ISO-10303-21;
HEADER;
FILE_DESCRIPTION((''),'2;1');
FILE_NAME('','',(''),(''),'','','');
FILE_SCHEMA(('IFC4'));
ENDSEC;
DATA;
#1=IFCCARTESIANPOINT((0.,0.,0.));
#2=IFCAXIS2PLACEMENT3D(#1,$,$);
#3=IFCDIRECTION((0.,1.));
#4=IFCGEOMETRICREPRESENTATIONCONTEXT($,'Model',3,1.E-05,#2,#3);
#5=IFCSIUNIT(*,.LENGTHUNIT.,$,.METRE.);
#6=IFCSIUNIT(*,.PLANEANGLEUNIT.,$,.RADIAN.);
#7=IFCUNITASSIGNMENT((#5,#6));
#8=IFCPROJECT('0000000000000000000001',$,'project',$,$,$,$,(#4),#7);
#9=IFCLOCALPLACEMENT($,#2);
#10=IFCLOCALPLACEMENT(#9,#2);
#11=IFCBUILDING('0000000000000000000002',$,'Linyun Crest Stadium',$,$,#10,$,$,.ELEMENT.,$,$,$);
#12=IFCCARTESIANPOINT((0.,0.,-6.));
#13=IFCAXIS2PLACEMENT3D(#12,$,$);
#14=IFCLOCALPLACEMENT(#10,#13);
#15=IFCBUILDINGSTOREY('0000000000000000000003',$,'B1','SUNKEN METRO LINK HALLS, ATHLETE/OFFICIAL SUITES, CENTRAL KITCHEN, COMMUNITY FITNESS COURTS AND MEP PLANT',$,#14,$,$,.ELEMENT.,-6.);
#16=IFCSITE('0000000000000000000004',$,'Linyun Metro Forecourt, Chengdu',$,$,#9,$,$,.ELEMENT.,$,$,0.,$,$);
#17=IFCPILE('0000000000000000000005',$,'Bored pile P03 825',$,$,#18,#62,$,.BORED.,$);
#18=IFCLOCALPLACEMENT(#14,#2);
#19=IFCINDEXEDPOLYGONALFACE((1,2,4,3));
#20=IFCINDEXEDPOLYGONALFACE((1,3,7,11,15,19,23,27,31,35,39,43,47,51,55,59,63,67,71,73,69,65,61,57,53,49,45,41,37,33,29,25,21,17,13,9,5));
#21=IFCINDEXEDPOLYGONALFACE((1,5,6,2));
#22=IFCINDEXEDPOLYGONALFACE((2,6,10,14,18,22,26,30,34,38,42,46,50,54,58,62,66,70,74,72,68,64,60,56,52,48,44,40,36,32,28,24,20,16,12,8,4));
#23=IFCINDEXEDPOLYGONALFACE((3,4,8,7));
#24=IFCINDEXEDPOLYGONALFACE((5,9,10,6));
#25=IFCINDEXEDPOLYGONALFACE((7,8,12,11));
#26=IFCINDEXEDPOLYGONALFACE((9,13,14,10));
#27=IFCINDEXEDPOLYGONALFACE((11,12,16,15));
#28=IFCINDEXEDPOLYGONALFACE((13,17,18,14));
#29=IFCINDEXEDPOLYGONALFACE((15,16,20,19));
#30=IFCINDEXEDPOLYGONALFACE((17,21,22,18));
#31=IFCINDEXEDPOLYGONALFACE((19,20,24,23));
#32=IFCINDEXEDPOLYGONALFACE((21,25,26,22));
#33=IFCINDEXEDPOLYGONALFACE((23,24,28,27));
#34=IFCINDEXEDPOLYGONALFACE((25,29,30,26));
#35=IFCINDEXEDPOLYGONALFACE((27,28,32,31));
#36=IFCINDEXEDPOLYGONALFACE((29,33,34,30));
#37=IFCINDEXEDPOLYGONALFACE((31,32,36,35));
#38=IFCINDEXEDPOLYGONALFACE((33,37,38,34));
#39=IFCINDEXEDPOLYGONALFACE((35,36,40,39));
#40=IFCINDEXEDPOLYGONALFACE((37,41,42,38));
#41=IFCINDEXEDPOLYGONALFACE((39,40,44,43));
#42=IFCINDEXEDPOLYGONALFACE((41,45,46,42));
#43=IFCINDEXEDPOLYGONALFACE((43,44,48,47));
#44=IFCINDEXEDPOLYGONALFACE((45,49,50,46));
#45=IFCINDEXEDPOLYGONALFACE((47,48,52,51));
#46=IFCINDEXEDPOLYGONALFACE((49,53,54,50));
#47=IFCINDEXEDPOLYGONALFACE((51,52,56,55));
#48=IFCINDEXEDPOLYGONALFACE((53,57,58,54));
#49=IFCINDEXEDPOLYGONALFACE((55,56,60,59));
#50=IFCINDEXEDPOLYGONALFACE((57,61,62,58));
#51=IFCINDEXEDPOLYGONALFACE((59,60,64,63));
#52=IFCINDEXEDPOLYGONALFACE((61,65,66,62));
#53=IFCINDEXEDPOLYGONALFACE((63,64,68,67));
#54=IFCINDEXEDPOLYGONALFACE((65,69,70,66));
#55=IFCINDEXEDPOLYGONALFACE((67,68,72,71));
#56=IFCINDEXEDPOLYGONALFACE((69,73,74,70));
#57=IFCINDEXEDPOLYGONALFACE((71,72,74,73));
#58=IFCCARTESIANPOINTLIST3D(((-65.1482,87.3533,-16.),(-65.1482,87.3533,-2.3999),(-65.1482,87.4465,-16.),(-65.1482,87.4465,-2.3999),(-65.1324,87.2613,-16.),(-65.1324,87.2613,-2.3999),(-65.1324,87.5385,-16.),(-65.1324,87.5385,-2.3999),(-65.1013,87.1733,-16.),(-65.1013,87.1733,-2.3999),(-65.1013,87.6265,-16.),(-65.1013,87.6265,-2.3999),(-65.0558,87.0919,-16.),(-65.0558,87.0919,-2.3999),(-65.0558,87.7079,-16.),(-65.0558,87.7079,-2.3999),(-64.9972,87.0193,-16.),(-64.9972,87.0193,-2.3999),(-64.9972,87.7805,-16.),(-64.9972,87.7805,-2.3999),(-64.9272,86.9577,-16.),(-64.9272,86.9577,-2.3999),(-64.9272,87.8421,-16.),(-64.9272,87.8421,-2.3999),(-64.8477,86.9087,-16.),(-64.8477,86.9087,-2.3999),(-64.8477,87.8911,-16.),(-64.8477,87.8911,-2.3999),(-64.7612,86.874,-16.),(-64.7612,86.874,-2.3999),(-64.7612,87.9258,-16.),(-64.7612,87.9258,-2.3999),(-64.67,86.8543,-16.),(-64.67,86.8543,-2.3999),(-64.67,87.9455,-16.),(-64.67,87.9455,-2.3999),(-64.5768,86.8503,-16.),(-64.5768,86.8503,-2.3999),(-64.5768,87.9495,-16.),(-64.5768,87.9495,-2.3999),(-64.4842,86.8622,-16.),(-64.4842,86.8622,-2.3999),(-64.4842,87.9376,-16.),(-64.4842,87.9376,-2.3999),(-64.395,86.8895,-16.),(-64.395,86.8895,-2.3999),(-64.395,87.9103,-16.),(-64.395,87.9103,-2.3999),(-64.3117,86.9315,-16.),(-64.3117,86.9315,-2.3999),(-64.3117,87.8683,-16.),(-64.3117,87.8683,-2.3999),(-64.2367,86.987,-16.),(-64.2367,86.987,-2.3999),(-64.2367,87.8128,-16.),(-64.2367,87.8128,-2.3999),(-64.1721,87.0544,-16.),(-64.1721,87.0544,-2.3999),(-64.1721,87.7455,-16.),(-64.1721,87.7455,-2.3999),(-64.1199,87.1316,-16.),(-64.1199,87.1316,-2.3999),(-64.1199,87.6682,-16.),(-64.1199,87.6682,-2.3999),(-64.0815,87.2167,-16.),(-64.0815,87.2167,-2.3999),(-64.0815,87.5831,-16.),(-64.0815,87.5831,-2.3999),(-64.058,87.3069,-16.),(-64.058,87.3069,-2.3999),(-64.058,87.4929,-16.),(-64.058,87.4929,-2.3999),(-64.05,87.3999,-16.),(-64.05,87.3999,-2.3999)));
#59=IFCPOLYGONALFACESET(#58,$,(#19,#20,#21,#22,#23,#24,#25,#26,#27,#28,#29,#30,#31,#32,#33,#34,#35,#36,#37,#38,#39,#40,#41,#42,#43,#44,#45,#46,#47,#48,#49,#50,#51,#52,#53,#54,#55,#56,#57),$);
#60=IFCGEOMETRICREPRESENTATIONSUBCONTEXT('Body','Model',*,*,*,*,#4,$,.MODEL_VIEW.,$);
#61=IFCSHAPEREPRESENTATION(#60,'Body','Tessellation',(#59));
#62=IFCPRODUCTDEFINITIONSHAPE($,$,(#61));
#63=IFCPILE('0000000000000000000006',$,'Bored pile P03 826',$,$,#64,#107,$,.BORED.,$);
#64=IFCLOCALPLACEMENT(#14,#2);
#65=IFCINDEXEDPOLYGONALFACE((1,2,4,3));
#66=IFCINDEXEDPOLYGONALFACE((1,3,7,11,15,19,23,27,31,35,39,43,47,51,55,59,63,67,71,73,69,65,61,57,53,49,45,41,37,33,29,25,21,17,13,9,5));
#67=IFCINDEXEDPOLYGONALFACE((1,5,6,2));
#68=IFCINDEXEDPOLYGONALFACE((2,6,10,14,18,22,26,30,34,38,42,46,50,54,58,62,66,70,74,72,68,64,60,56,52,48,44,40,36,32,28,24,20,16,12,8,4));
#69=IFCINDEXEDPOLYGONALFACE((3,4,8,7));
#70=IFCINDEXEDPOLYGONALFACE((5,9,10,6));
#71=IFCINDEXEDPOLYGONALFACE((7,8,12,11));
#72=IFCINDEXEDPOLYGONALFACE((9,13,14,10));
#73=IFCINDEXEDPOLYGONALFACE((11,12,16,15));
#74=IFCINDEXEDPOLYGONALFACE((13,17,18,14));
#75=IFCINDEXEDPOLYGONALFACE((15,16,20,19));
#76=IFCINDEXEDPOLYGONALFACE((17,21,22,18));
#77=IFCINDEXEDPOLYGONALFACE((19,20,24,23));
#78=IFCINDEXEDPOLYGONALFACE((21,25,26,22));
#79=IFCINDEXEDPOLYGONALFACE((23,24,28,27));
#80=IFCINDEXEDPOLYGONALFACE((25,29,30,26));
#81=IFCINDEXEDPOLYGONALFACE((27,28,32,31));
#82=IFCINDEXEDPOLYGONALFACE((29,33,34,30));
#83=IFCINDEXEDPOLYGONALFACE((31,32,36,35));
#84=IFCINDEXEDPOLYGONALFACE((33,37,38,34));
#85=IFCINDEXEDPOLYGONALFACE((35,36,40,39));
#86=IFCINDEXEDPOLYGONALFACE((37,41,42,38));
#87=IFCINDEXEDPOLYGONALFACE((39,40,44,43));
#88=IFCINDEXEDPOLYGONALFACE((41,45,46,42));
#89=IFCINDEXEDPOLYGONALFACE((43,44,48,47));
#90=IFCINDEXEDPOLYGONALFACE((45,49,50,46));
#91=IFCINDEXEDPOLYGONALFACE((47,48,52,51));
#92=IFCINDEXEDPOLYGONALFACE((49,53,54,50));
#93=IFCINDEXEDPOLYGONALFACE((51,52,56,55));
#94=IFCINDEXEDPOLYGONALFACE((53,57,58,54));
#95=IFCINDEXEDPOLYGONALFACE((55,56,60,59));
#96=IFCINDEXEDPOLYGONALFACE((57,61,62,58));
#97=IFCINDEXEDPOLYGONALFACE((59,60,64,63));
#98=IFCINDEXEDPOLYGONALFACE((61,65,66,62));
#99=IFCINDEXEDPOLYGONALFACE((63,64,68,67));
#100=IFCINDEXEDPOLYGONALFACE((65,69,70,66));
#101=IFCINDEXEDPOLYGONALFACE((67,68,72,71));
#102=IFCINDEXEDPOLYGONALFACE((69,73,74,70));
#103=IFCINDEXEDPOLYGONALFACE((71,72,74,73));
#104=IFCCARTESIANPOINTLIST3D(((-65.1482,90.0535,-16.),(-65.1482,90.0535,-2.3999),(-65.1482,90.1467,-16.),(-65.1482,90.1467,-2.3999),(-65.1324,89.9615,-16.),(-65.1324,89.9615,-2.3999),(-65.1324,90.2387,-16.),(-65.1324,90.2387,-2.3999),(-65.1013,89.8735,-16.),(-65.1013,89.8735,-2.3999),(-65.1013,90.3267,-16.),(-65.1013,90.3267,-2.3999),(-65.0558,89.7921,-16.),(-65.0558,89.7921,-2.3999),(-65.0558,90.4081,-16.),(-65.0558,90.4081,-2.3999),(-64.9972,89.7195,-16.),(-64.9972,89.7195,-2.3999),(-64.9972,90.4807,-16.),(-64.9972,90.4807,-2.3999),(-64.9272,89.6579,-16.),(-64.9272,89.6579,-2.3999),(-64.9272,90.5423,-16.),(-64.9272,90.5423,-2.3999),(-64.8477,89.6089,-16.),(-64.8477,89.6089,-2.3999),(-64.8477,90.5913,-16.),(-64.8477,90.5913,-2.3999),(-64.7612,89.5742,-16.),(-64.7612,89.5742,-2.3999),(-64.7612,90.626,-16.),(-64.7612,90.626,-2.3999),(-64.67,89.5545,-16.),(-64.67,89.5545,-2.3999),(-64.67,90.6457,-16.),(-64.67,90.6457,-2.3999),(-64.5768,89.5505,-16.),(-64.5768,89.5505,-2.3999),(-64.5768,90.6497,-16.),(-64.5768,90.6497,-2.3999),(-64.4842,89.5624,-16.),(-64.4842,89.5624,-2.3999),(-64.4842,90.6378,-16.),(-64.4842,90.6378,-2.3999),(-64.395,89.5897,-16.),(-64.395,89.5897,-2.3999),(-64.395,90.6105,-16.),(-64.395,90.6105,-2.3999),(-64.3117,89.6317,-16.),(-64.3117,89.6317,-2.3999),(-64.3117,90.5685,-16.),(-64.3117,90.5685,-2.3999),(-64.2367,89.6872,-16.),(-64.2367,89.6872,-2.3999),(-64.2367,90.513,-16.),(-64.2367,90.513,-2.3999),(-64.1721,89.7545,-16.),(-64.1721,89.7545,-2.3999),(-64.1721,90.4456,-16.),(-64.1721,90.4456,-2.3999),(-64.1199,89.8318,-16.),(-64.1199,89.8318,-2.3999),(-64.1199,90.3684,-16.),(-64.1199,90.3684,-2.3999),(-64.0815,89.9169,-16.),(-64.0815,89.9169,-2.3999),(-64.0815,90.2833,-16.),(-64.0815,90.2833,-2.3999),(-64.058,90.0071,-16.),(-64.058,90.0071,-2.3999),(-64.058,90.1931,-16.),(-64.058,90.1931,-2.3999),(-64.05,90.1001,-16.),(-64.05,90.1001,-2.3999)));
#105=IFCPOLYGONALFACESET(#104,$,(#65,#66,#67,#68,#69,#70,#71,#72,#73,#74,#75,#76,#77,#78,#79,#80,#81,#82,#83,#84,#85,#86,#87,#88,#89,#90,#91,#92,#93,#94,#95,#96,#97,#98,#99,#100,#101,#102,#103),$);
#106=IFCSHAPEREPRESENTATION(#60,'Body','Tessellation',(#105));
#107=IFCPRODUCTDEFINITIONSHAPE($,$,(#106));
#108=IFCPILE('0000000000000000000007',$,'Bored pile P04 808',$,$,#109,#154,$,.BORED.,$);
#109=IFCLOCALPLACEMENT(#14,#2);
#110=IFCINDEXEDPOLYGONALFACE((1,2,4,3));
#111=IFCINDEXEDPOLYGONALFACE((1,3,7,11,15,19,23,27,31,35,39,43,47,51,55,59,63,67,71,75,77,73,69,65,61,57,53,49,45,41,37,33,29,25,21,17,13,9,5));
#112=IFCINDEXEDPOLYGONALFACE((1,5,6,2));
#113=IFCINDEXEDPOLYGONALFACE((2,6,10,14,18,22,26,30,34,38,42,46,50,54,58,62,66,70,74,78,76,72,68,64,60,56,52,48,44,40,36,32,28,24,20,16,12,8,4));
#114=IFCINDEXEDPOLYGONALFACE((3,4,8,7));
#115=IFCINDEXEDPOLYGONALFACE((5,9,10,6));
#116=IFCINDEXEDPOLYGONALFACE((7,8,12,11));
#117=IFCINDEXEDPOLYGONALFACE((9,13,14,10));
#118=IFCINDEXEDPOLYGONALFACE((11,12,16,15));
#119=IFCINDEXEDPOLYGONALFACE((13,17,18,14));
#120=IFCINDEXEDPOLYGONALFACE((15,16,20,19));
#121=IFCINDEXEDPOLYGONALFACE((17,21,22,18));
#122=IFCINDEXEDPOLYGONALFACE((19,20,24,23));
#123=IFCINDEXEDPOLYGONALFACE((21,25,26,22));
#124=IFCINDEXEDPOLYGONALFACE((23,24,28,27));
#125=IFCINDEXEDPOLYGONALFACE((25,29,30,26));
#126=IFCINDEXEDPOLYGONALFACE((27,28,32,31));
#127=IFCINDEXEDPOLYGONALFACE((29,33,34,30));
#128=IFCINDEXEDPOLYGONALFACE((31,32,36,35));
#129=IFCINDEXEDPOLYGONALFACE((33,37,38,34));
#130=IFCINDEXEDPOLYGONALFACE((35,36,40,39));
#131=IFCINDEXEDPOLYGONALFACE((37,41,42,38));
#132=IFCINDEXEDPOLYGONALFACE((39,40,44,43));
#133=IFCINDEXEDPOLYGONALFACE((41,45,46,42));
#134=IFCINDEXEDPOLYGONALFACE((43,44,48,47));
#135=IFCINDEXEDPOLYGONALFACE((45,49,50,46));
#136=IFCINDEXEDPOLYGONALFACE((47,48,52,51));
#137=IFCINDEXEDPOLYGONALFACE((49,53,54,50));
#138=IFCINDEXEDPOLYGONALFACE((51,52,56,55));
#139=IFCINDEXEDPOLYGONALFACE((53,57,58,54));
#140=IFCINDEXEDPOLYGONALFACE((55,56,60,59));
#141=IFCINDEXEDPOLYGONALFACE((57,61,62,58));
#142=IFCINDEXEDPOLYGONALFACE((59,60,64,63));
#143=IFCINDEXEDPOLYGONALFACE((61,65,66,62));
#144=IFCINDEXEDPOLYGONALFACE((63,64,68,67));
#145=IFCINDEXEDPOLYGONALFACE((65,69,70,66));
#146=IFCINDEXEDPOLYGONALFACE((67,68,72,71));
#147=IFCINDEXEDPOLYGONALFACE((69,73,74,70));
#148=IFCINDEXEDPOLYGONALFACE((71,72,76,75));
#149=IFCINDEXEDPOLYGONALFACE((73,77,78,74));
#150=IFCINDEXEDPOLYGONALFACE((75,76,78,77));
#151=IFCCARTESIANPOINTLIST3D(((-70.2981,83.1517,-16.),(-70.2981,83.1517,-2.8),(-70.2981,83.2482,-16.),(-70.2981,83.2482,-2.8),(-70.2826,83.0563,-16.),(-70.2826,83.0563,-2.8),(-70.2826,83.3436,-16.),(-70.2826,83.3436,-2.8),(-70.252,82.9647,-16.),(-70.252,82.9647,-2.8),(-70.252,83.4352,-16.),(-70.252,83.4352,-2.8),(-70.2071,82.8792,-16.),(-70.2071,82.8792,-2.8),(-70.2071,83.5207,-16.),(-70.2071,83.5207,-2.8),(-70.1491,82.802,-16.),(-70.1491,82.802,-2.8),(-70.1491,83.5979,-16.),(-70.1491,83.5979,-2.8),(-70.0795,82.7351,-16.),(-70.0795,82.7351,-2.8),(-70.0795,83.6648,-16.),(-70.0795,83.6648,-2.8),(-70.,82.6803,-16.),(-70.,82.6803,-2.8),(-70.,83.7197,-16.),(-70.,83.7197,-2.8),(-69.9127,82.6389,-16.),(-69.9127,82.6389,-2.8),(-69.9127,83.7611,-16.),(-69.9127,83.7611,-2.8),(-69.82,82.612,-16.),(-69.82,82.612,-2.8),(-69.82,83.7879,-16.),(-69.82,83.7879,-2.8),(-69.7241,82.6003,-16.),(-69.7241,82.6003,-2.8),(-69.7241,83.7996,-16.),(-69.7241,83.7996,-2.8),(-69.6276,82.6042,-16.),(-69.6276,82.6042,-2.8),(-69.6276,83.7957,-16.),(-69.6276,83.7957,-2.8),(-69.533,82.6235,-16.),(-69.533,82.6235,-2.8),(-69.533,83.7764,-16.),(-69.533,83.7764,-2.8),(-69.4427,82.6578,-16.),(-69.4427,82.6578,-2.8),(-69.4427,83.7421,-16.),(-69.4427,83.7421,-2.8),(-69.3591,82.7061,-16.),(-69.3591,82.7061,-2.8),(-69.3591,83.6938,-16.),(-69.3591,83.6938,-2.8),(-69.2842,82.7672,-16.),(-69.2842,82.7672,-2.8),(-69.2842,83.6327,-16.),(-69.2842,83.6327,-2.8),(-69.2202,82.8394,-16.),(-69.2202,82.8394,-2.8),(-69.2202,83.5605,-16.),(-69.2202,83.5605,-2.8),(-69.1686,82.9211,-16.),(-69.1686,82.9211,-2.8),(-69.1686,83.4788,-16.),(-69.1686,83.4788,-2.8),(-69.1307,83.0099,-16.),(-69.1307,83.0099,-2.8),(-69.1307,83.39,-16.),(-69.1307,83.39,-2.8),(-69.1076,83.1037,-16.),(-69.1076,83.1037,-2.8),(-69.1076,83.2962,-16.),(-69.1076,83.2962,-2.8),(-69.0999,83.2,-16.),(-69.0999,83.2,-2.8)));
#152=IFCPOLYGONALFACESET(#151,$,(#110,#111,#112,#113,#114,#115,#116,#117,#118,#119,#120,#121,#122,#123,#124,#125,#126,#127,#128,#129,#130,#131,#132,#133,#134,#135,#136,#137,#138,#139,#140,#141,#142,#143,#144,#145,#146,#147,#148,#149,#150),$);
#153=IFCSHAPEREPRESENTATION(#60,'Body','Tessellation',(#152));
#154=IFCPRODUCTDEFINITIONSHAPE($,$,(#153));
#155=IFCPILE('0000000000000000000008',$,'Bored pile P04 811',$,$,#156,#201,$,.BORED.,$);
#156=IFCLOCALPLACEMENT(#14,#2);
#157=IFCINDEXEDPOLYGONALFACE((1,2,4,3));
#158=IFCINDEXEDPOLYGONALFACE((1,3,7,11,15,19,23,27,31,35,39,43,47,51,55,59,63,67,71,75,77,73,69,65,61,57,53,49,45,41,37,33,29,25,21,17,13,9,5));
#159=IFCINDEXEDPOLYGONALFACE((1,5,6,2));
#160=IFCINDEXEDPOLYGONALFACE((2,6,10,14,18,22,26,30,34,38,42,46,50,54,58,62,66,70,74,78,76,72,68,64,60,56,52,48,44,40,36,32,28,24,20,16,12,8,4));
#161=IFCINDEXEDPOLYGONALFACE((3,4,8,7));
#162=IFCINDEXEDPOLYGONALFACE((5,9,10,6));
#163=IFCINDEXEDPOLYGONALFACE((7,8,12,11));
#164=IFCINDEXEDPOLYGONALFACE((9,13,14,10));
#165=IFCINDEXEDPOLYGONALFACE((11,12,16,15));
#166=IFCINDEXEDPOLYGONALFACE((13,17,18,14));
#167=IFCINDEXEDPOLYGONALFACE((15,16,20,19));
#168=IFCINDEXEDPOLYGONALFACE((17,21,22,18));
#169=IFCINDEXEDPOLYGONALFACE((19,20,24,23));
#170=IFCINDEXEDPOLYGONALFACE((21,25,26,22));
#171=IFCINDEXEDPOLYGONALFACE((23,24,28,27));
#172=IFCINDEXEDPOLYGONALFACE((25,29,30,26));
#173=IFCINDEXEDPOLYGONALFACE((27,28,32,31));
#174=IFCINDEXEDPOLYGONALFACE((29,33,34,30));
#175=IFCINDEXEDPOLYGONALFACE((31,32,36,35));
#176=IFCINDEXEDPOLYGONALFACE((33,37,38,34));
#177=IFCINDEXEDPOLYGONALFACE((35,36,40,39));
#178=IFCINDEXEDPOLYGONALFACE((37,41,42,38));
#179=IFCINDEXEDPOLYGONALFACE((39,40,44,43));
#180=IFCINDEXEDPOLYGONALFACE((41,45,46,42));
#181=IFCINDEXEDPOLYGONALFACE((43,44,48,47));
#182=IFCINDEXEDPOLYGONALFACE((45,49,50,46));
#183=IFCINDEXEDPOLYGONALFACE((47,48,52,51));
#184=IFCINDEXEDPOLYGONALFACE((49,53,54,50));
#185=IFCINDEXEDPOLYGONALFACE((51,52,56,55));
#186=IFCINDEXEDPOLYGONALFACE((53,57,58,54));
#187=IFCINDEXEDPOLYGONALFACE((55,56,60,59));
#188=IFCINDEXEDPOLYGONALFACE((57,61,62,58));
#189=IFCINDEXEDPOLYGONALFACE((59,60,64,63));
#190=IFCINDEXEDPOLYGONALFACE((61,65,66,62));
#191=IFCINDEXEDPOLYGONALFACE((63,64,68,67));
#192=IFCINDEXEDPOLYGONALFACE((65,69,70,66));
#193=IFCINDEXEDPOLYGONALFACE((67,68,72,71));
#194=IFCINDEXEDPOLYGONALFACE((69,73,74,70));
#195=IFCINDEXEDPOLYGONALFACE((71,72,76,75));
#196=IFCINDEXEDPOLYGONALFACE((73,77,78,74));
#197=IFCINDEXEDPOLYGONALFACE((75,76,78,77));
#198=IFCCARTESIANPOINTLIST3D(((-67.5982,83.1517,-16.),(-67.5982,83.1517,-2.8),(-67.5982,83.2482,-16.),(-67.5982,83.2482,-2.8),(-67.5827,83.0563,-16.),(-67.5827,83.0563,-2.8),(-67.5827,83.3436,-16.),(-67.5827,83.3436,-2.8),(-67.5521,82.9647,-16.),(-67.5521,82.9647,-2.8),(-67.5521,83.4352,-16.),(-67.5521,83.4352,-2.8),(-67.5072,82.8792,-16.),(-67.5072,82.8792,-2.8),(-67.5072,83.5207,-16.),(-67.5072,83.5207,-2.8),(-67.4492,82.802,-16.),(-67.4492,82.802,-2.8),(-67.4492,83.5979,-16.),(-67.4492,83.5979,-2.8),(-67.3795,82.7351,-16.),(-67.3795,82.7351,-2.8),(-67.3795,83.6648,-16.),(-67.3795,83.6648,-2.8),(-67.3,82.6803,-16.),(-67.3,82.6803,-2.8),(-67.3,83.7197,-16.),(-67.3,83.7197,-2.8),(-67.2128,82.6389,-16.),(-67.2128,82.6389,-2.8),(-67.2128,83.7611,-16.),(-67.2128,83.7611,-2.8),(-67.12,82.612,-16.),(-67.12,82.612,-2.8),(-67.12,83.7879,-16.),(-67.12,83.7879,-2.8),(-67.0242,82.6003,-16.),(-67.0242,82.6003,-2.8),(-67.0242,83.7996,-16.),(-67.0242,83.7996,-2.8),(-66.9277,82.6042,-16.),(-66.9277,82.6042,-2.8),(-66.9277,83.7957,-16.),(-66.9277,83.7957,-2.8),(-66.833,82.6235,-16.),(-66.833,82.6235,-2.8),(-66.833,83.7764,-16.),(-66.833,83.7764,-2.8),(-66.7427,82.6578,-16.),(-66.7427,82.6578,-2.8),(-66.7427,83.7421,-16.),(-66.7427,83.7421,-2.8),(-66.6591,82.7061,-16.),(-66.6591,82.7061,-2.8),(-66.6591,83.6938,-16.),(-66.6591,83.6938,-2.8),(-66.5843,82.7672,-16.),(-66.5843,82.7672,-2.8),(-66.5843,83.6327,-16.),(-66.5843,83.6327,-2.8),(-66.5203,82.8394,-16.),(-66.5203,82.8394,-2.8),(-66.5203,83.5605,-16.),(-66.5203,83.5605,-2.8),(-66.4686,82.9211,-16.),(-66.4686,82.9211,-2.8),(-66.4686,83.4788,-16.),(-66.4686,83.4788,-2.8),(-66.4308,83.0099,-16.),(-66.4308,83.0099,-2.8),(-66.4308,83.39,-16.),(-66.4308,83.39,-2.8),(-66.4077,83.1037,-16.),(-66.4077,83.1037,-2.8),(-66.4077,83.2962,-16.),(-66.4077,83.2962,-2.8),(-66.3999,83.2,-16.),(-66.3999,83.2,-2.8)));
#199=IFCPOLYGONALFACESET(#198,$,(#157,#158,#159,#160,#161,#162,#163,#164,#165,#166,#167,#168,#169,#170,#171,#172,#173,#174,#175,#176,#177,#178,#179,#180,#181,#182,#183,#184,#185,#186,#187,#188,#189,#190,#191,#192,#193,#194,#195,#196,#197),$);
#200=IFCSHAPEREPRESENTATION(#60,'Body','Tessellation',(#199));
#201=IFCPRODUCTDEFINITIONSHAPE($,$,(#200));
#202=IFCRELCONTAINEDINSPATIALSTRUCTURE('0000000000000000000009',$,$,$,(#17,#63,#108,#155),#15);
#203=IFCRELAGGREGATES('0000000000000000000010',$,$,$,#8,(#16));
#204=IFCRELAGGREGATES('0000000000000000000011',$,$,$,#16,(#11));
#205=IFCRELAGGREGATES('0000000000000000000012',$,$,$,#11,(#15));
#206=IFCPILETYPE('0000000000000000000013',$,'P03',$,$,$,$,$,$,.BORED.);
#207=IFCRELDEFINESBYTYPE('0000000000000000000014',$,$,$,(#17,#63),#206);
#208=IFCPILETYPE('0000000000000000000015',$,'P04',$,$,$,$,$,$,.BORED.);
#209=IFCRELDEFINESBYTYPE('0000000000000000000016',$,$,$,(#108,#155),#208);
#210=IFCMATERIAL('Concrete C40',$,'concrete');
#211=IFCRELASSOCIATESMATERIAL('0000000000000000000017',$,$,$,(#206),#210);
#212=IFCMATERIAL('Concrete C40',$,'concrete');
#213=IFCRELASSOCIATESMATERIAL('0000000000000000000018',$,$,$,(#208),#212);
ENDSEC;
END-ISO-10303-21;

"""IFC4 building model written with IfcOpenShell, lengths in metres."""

from ifc_helpers import new_model, si_unit, direction, frame, origin, origin_2d, place, context, subcontext, project, spatial, circle, extrude, material, material_profile, profile_set, type_object, element, save


model = new_model("IFC4")

# Units and contexts
model_context = context("Model", 3, precision=1e-05, world=origin(), true_north=direction((0.0, 1.0)))
body_context = subcontext(model_context, "Body", "Model", "MODEL_VIEW")
ifc_project = project(units=[si_unit("LENGTHUNIT", "METRE"), si_unit("PLANEANGLEUNIT", "RADIAN")], contexts=[model_context])

# Site, building, storey
site_placement = place(None, origin())
site = spatial("IfcSite", under=ifc_project, at=site_placement, Name="Linyun Metro Forecourt, Chengdu", CompositionType="ELEMENT", RefElevation=0.0)
building_placement = place(site_placement, origin())
building = spatial("IfcBuilding", under=site, at=building_placement, Name="Linyun Crest Stadium", CompositionType="ELEMENT")
storey_placement = place(building_placement, frame((0.0, 0.0, -6.0)))
storey = spatial("IfcBuildingStorey", under=building, at=storey_placement, Name="B1", Description="SUNKEN METRO LINK HALLS, ATHLETE/OFFICIAL SUITES, CENTRAL KITCHEN, COMMUNITY FITNESS COURTS AND MEP PLANT", CompositionType="ELEMENT", Elevation=-6.0)

# Piles
ifc_material_1 = material(Name="Concrete C40", Category="concrete")
ifc_material_profile_1 = material_profile(ifc_material_1, circle(Radius=0.55, at=origin_2d()), Name="BORED PILE 1100")
ifc_profile_set_1 = profile_set([ifc_material_profile_1], Name="Concrete C40")
pile_type_1 = type_object("IfcPileType", Name="P03", PredefinedType="BORED", material=ifc_profile_set_1)
for number, where, z_axis, x_axis, name in (
    (1, (-64.6001, 87.3999, -2.3999), (0.0, 0.0, -1.0), (1.0, 0.0, 0.0), "Bored pile P03 825"),
    (2, (-64.6001, 90.1001, -2.3999), (0.0, 0.0, -1.0), (1.0, 0.0, 0.0), "Bored pile P03 826"),
):
    element("IfcPile", number, at=place(storey_placement, frame(where, z_axis=z_axis, x_axis=x_axis)), inside=storey, type_object=pile_type_1, Name=name, PredefinedType="BORED", context=body_context, shape_type="SweptSolid", body=[
        extrude(circle(Radius=0.55, at=origin_2d()), origin(), (0.0, 0.0, 1.0), 13.6001),
    ])
ifc_material_2 = material(Name="Concrete C40", Category="concrete")
ifc_material_profile_2 = material_profile(ifc_material_2, circle(Radius=0.6001, at=origin_2d()), Name="BORED PILE 1200")
ifc_profile_set_2 = profile_set([ifc_material_profile_2], Name="Concrete C40")
pile_type_2 = type_object("IfcPileType", Name="P04", PredefinedType="BORED", material=ifc_profile_set_2)
for number, where, z_axis, x_axis, name in (
    (3, (-69.7, 83.2, -2.8), (0.0, 0.0, -1.0), (1.0, 0.0, 0.0), "Bored pile P04 808"),
    (4, (-67.0, 83.2, -2.8), (0.0, 0.0, -1.0), (1.0, 0.0, 0.0), "Bored pile P04 811"),
):
    element("IfcPile", number, at=place(storey_placement, frame(where, z_axis=z_axis, x_axis=x_axis)), inside=storey, type_object=pile_type_2, Name=name, PredefinedType="BORED", context=body_context, shape_type="SweptSolid", body=[
        extrude(circle(Radius=0.6001, at=origin_2d()), origin(), (0.0, 0.0, 1.0), 13.2),
    ])

save(model, "model.ifc")
